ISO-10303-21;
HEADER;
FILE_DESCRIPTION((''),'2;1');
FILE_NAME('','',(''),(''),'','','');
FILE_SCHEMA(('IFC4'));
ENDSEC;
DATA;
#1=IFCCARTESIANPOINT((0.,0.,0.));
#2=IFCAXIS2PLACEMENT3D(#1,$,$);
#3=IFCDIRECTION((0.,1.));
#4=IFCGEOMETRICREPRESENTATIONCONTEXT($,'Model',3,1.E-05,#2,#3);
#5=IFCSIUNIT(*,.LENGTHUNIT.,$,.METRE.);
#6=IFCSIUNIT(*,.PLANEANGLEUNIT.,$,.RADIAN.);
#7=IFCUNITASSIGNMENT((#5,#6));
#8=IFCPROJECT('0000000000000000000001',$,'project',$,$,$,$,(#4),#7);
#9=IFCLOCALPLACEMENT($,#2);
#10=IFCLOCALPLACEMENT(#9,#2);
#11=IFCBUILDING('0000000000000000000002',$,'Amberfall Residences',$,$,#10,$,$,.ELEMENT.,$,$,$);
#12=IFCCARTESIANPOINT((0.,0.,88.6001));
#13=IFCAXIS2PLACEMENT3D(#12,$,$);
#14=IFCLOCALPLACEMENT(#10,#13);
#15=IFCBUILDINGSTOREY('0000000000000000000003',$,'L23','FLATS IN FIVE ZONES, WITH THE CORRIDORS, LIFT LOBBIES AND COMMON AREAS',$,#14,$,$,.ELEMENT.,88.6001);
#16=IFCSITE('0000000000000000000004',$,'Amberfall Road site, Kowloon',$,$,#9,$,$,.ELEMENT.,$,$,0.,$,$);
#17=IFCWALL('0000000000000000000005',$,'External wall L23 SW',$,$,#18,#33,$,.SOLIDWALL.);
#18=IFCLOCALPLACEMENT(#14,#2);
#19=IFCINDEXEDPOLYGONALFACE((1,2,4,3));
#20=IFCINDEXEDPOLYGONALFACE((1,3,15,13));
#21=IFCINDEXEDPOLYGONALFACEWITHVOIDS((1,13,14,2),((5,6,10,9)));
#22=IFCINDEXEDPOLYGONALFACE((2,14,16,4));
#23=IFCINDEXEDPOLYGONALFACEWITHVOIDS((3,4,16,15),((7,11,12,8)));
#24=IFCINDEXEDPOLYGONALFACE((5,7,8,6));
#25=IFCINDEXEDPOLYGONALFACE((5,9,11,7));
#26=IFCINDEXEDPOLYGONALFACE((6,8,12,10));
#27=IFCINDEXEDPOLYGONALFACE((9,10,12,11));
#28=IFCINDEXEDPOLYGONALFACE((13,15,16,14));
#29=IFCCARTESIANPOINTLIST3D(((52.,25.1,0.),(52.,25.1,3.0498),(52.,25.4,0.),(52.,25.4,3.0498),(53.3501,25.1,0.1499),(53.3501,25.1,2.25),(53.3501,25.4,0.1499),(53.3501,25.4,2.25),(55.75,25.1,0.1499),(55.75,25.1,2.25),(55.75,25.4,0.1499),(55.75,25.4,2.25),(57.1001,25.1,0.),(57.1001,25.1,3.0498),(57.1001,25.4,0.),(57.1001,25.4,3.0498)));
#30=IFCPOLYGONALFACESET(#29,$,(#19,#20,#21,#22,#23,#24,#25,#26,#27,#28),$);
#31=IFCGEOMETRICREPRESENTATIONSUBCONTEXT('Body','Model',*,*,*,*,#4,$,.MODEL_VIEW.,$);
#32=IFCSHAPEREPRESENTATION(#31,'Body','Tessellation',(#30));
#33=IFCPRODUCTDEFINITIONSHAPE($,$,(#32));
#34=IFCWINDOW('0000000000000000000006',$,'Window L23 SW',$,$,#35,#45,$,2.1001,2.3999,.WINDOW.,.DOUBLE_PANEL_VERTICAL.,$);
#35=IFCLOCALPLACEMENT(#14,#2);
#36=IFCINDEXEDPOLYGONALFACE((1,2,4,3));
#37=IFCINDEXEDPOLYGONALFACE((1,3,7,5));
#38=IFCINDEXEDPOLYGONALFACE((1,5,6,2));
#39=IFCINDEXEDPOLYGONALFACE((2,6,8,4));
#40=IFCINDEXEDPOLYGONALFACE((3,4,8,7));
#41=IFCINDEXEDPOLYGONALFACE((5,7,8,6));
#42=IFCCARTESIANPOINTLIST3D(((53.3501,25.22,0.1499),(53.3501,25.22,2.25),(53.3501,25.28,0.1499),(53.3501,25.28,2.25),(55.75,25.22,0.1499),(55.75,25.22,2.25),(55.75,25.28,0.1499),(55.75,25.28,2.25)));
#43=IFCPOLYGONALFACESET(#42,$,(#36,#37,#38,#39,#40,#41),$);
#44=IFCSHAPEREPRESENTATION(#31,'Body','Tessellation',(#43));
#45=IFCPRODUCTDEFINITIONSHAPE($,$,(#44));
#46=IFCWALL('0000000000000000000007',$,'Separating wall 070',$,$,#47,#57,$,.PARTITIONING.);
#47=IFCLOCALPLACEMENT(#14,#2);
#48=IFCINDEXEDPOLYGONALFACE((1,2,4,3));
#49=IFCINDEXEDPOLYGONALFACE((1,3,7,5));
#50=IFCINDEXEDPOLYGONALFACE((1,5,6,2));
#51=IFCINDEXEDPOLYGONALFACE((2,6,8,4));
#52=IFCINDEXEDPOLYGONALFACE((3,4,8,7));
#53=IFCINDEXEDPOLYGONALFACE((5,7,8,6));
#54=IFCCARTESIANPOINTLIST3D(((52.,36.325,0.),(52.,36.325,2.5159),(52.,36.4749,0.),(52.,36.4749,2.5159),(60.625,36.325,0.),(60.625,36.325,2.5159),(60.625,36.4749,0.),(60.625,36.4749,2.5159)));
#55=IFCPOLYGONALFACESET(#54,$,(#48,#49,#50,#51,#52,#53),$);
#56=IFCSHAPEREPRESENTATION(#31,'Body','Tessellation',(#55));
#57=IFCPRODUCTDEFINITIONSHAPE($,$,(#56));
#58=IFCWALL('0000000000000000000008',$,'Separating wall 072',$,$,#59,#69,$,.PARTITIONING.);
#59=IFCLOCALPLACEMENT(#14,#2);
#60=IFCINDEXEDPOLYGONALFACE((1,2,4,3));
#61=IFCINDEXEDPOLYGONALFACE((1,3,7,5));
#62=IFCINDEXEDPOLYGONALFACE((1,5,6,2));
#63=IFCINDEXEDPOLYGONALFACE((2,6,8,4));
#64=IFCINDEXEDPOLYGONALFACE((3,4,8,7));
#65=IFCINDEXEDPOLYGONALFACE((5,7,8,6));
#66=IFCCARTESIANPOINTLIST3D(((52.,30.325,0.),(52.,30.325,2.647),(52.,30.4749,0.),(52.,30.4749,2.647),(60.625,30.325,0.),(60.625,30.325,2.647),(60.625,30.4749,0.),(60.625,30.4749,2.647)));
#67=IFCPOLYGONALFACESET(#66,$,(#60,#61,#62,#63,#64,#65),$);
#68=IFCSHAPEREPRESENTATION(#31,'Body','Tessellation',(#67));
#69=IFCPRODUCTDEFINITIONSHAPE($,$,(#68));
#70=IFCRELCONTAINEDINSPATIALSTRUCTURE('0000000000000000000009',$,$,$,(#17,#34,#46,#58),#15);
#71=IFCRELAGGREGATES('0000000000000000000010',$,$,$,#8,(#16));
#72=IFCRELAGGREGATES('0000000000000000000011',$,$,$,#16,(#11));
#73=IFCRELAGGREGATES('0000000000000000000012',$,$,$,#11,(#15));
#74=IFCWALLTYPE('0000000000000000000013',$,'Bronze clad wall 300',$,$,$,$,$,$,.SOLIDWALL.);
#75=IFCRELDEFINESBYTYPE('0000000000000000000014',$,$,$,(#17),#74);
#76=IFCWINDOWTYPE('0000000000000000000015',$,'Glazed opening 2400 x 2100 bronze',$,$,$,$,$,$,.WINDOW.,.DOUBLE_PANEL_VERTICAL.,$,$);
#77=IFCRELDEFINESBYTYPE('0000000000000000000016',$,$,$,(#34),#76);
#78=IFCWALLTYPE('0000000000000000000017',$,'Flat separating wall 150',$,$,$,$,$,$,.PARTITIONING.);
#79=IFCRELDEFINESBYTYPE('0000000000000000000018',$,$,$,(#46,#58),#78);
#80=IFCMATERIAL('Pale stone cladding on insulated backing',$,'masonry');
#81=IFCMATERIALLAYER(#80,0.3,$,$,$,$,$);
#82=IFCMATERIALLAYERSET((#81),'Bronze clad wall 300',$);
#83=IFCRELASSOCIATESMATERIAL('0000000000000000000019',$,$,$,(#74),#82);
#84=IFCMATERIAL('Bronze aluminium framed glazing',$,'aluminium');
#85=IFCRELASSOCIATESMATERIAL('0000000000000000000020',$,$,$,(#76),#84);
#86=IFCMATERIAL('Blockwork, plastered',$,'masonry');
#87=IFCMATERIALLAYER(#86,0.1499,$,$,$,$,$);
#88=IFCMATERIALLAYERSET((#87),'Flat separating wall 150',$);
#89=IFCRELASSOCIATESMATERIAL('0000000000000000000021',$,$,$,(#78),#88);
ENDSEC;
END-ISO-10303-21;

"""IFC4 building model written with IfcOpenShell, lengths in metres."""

from ifc_helpers import new_model, si_unit, direction, frame, frame_2d, origin, place, context, subcontext, project, spatial, rectangle, extrude, material, layer, layer_set, type_object, element, fill, save


model = new_model("IFC4")

# Units and contexts
model_context = context("Model", 3, precision=1e-05, world=origin(), true_north=direction((0.0, 1.0)))
body_context = subcontext(model_context, "Body", "Model", "MODEL_VIEW")
ifc_project = project(units=[si_unit("LENGTHUNIT", "METRE"), si_unit("PLANEANGLEUNIT", "RADIAN")], contexts=[model_context])

# Site, building, storey
site_placement = place(None, origin())
site = spatial("IfcSite", under=ifc_project, at=site_placement, Name="Amberfall Road site, Kowloon", CompositionType="ELEMENT", RefElevation=0.0)
building_placement = place(site_placement, origin())
building = spatial("IfcBuilding", under=site, at=building_placement, Name="Amberfall Residences", CompositionType="ELEMENT")
storey_placement = place(building_placement, frame((0.0, 0.0, 88.6001)))
storey = spatial("IfcBuildingStorey", under=building, at=storey_placement, Name="L23", Description="FLATS IN FIVE ZONES, WITH THE CORRIDORS, LIFT LOBBIES AND COMMON AREAS", CompositionType="ELEMENT", Elevation=88.6001)

# Wall, opening, window
ifc_material_1 = material(Name="Pale stone cladding on insulated backing", Category="masonry")
ifc_layer_1 = layer(ifc_material_1, 0.3)
ifc_layer_set_1 = layer_set([ifc_layer_1], Name="Bronze clad wall 300")
wall_type_1 = type_object("IfcWallType", Name="Bronze clad wall 300", PredefinedType="SOLIDWALL", material=ifc_layer_set_1)
wall_1_placement = place(storey_placement, frame((52.0, 25.25, 0.0), z_axis=(0.0, 0.0, 1.0), x_axis=(1.0, 0.0, 0.0)))
wall_1 = element("IfcWall", 1, at=wall_1_placement, inside=storey, type_object=wall_type_1, Name="External wall L23 SW", PredefinedType="SOLIDWALL", context=body_context, shape_type="SweptSolid", body=[
    extrude(rectangle(XDim=5.1001, YDim=0.3, at=frame_2d((2.55, 0.0))), origin(), (0.0, 0.0, 1.0), 3.0498),
])
opening_placement = place(wall_1_placement, frame((1.3501, 0.0, 0.1499)))
opening = element("IfcOpeningElement", 2, at=opening_placement, cuts=wall_1, PredefinedType="OPENING", context=body_context, shape_type="SweptSolid", body=[
    extrude(rectangle(XDim=2.3999, YDim=2.1001, at=frame_2d((1.2, 1.05))), frame((0.0, 0.1599, 0.0), z_axis=(0.0, -1.0, 0.0), x_axis=(1.0, 0.0, 0.0)), (0.0, 0.0, 1.0), 0.3201),
])
ifc_material_2 = material(Name="Bronze aluminium framed glazing", Category="aluminium")
window_type = type_object("IfcWindowType", Name="Glazed opening 2400 x 2100 bronze", PartitioningType="DOUBLE_PANEL_VERTICAL", PredefinedType="WINDOW", material=ifc_material_2)
window_placement = place(opening_placement, origin())
window = element("IfcWindow", 3, at=window_placement, inside=storey, type_object=window_type, Name="Window L23 SW", OverallHeight=2.1001, OverallWidth=2.3999, PartitioningType="DOUBLE_PANEL_VERTICAL", PredefinedType="WINDOW", context=body_context, shape_type="SweptSolid", body=[
    extrude(rectangle(XDim=2.3999, YDim=2.1001, at=frame_2d((1.2, 1.05))), frame((0.0, 0.03, 0.0), z_axis=(0.0, -1.0, 0.0), x_axis=(1.0, 0.0, 0.0)), (0.0, 0.0, 1.0), 0.0601),
])
fill(opening, window)

# Walls
ifc_material_3 = material(Name="Blockwork, plastered", Category="masonry")
ifc_layer_2 = layer(ifc_material_3, 0.1499)
ifc_layer_set_2 = layer_set([ifc_layer_2], Name="Flat separating wall 150")
wall_type_2 = type_object("IfcWallType", Name="Flat separating wall 150", PredefinedType="PARTITIONING", material=ifc_layer_set_2)
wall_2_placement = place(storey_placement, frame((52.0, 36.3999, 0.0), z_axis=(0.0, 0.0, 1.0), x_axis=(1.0, 0.0, 0.0)))
element("IfcWall", 4, at=wall_2_placement, inside=storey, type_object=wall_type_2, Name="Separating wall 070", PredefinedType="PARTITIONING", context=body_context, shape_type="SweptSolid", body=[
    extrude(rectangle(XDim=8.625, YDim=0.1499, at=frame_2d((4.3125, 0.0))), origin(), (0.0, 0.0, 1.0), 2.5159),
])
wall_3_placement = place(storey_placement, frame((52.0, 30.3999, 0.0), z_axis=(0.0, 0.0, 1.0), x_axis=(1.0, 0.0, 0.0)))
element("IfcWall", 5, at=wall_3_placement, inside=storey, type_object=wall_type_2, Name="Separating wall 072", PredefinedType="PARTITIONING", context=body_context, shape_type="SweptSolid", body=[
    extrude(rectangle(XDim=8.625, YDim=0.1499, at=frame_2d((4.3125, 0.0))), origin(), (0.0, 0.0, 1.0), 2.647),
])

save(model, "model.ifc")
